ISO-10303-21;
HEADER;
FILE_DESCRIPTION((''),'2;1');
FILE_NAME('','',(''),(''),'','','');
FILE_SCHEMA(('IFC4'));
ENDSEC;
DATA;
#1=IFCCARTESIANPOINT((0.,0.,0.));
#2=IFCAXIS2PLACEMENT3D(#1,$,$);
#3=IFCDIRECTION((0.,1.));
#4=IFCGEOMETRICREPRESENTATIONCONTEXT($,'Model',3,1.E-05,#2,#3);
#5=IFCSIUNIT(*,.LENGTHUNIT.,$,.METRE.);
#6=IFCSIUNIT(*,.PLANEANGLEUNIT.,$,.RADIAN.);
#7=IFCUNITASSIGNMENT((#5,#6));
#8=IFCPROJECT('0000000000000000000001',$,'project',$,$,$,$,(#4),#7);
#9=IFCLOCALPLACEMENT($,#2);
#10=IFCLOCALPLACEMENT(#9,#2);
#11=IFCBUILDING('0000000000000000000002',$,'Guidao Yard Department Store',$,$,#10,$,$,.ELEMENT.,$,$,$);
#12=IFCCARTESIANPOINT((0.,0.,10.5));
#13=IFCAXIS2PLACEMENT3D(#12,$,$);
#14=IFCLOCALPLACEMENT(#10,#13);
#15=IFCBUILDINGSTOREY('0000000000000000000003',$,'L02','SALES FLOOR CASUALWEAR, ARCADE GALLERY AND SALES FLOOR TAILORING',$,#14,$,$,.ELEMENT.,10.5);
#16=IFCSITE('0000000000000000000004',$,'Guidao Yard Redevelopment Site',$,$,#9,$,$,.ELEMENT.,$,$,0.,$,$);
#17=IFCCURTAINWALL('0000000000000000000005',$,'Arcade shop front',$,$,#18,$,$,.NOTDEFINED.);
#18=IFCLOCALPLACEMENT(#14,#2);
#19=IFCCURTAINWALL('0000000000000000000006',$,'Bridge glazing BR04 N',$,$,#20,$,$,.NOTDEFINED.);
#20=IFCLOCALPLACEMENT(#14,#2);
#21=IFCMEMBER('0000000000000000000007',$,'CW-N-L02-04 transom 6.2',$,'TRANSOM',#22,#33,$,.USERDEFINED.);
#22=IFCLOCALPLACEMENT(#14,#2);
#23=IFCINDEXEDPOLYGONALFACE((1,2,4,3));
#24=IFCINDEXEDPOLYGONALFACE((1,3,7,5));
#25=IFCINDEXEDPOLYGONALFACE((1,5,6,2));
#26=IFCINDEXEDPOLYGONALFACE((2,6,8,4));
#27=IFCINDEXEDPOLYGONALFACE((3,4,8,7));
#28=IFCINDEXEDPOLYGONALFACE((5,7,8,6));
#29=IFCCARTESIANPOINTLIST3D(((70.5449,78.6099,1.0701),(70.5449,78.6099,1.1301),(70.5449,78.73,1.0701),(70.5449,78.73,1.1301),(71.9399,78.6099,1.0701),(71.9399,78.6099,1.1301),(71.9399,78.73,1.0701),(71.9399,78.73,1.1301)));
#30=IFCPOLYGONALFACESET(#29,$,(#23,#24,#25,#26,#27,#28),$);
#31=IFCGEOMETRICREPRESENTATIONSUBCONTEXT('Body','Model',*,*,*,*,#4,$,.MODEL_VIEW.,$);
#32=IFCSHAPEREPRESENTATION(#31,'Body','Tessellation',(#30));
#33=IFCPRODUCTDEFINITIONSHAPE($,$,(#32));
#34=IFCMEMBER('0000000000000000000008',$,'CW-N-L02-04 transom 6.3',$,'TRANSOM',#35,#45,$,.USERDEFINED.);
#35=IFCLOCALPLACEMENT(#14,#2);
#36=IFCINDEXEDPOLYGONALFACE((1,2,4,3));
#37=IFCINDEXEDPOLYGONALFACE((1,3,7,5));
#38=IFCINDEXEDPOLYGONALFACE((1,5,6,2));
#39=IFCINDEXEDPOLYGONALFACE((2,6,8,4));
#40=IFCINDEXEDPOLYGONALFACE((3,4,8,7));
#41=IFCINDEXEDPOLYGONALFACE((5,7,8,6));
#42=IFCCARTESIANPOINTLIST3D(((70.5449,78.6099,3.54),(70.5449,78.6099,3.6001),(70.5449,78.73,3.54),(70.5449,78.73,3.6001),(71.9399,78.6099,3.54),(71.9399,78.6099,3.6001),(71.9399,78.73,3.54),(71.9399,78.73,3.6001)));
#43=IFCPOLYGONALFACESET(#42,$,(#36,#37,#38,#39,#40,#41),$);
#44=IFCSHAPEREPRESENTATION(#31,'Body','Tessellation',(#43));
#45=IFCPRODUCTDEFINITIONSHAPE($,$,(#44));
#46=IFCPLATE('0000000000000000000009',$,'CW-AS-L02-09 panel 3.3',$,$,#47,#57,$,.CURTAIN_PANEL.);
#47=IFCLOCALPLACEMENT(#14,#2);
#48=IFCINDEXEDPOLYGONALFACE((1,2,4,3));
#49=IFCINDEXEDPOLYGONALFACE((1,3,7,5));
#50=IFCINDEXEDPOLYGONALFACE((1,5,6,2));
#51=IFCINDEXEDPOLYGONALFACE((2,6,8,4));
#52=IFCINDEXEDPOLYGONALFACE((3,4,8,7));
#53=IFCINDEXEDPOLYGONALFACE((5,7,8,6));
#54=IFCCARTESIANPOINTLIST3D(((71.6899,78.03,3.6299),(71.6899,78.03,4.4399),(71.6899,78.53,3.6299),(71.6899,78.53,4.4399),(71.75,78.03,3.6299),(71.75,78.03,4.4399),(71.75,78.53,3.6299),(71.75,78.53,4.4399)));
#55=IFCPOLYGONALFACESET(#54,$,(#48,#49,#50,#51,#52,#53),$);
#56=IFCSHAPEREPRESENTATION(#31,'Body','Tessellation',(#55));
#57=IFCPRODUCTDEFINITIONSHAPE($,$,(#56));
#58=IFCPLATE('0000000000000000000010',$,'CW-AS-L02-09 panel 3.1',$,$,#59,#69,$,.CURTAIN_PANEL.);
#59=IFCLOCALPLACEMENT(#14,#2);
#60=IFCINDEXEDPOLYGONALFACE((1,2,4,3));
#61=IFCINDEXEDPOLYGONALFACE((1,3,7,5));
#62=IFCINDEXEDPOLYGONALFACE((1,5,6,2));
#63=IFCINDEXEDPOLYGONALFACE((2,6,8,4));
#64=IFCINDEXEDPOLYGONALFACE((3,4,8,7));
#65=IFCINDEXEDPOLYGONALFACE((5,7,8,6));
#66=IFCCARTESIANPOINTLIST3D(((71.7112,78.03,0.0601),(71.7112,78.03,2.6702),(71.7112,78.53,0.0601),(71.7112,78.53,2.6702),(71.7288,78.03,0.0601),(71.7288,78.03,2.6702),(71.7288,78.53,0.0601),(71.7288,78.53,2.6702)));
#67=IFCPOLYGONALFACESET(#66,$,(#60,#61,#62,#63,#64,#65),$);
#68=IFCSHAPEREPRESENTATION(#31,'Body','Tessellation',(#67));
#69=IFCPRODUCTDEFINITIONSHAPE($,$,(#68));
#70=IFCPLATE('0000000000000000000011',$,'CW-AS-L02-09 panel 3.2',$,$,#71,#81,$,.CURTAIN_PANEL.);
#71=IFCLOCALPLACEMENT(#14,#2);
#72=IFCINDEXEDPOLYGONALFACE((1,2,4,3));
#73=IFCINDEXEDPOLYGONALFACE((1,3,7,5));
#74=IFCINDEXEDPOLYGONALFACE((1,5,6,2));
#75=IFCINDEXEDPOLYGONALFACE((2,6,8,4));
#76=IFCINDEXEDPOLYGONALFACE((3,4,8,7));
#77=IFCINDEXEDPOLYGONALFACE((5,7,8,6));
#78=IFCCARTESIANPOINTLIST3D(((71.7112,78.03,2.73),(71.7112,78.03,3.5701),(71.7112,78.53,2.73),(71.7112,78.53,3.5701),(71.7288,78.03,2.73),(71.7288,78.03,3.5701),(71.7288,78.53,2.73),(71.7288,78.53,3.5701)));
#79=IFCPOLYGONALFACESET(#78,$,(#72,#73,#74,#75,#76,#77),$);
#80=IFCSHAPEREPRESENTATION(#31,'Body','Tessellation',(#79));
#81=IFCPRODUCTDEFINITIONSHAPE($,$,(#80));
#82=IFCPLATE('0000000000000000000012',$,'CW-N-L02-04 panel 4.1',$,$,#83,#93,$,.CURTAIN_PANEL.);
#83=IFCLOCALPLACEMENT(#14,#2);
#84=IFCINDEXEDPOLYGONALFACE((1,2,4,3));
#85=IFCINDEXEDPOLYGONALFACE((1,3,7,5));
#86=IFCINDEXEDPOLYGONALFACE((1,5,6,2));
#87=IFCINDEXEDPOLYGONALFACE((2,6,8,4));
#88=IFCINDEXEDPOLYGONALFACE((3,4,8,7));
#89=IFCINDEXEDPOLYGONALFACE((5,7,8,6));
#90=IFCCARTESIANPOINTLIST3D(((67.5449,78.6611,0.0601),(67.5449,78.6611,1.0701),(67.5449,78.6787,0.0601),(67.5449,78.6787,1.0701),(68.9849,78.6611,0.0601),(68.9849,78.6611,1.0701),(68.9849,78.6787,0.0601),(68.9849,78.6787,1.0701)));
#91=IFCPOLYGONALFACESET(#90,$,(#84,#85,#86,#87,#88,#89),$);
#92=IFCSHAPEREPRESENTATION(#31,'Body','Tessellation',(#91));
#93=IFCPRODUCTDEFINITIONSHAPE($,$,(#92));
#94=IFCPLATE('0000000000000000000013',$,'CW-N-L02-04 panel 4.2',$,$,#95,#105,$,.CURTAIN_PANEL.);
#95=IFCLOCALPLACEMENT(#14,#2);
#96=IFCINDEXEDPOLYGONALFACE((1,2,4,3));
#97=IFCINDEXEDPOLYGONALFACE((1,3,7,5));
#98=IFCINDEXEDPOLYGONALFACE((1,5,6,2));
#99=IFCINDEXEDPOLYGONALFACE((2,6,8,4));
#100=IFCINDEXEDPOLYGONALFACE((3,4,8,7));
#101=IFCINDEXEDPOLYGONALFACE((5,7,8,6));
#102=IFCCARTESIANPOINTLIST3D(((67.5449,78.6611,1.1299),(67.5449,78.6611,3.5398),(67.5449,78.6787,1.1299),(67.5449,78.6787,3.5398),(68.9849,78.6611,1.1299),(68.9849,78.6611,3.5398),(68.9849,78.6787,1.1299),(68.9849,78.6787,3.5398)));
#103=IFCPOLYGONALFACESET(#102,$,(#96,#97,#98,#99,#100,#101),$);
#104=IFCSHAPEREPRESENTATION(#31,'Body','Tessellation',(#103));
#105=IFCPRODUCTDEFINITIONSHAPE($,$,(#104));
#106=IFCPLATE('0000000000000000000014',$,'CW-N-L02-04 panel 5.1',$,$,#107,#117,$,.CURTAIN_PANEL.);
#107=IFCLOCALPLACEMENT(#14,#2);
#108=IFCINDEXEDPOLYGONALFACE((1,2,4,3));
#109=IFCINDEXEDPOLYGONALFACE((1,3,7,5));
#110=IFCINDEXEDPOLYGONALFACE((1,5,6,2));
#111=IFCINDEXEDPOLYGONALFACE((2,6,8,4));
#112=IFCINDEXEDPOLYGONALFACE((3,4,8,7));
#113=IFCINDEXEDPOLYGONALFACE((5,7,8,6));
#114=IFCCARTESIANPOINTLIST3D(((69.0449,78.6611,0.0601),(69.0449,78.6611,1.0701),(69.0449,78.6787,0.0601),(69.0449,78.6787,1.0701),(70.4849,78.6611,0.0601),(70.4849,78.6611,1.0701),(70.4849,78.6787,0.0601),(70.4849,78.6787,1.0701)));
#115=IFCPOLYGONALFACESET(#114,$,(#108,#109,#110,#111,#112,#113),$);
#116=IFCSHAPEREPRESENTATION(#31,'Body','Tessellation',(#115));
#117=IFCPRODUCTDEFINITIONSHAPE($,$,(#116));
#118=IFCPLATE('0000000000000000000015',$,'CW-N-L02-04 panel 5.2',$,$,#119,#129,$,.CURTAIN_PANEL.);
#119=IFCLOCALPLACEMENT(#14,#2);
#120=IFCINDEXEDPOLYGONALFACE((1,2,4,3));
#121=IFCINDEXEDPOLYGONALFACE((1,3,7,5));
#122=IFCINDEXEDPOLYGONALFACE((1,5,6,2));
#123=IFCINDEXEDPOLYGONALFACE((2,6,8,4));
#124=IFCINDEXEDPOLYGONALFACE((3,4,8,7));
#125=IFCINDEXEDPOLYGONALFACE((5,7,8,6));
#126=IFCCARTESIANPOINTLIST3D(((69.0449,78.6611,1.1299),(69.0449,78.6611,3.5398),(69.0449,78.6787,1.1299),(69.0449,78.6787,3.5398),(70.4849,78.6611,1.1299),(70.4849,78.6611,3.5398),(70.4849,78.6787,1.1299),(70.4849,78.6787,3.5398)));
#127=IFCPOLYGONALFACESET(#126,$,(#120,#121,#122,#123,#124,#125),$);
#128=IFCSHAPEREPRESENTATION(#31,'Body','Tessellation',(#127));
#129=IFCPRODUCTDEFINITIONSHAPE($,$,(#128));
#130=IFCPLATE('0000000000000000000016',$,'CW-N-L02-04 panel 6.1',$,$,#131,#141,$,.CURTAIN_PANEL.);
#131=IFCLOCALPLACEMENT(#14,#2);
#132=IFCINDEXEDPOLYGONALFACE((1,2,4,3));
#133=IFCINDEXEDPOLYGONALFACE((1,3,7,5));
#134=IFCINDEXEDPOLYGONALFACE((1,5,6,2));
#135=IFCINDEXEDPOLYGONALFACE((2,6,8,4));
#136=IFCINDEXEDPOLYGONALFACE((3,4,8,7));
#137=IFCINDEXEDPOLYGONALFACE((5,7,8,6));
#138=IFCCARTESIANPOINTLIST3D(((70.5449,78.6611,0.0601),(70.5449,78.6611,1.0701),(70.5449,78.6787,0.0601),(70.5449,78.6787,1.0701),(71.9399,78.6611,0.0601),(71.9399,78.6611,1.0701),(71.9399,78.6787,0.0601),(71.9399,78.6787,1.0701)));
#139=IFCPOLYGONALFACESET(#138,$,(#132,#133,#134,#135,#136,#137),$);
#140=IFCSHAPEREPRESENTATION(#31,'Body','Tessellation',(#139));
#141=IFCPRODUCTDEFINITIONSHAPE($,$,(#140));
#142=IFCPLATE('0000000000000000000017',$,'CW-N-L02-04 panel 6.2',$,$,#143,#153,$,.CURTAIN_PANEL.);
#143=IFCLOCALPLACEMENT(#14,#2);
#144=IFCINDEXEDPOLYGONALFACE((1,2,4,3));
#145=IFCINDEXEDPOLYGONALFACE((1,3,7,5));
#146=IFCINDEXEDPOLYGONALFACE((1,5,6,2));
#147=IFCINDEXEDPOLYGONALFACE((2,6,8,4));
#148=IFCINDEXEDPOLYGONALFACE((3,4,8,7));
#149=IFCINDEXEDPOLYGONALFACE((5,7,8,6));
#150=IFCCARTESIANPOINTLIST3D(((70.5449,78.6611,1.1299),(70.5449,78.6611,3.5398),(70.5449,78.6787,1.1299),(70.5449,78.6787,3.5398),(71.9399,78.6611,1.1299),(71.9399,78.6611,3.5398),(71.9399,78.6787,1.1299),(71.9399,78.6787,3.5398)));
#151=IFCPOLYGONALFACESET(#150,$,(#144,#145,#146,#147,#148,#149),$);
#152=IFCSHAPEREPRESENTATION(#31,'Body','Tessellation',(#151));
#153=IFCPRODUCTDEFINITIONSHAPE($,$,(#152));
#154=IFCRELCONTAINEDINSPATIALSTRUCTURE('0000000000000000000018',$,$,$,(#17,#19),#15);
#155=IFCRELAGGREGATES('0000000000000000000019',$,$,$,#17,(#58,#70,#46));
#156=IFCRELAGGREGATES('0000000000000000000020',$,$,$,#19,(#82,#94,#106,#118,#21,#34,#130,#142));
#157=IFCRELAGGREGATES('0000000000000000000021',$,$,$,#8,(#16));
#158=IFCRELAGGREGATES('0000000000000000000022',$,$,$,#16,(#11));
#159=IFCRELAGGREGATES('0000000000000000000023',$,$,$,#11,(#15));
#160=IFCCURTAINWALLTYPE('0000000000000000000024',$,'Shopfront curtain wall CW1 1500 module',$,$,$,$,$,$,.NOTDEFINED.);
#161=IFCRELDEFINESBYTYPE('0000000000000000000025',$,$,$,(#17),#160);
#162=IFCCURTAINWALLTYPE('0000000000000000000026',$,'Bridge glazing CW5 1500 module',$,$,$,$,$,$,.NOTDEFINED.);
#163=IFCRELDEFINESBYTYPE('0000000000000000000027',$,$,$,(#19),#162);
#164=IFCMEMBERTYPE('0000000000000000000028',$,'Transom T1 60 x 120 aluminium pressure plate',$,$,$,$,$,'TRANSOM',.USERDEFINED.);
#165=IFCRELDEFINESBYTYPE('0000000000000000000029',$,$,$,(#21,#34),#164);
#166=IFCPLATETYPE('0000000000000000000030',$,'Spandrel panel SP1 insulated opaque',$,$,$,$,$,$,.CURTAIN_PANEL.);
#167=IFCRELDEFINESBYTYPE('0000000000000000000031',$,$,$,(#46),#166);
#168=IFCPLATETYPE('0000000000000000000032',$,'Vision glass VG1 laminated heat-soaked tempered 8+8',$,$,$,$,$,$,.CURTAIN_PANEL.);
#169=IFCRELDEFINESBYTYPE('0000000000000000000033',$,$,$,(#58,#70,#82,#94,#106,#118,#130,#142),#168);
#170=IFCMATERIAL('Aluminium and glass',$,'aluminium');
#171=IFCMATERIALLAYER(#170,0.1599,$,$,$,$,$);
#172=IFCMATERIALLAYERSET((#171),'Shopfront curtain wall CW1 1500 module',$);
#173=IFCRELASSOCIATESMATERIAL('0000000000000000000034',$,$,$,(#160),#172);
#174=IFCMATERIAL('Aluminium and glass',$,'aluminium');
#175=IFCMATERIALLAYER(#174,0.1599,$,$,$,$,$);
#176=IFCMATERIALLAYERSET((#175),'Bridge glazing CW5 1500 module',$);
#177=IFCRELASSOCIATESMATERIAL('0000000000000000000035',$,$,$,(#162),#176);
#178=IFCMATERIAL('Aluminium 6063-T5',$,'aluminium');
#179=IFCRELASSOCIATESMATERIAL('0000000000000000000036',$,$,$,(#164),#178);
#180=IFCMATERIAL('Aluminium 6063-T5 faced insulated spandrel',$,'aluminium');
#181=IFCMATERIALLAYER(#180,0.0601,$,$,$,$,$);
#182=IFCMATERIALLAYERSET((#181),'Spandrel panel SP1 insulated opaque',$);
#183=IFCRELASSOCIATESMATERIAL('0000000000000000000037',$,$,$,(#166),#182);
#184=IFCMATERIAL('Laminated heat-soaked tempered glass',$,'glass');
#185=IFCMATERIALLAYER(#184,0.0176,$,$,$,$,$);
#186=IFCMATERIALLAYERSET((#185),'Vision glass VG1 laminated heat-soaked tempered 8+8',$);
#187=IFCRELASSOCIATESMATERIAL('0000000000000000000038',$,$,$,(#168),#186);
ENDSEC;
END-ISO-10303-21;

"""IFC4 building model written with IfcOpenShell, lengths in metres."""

from ifc_helpers import new_model, si_unit, direction, frame, origin, origin_2d, place, context, subcontext, project, spatial, rectangle, extrude, material, layer, layer_set, material_profile, profile_set, type_object, element, aggregate, save


model = new_model("IFC4")

# Units and contexts
model_context = context("Model", 3, precision=1e-05, world=origin(), true_north=direction((0.0, 1.0)))
body_context = subcontext(model_context, "Body", "Model", "MODEL_VIEW")
ifc_project = project(units=[si_unit("LENGTHUNIT", "METRE"), si_unit("PLANEANGLEUNIT", "RADIAN")], contexts=[model_context])

# Site, building, storey
site_placement = place(None, origin())
site = spatial("IfcSite", under=ifc_project, at=site_placement, Name="Guidao Yard Redevelopment Site", CompositionType="ELEMENT", RefElevation=0.0)
building_placement = place(site_placement, origin())
building = spatial("IfcBuilding", under=site, at=building_placement, Name="Guidao Yard Department Store", CompositionType="ELEMENT")
storey_placement = place(building_placement, frame((0.0, 0.0, 10.5)))
storey = spatial("IfcBuildingStorey", under=building, at=storey_placement, Name="L02", Description="SALES FLOOR CASUALWEAR, ARCADE GALLERY AND SALES FLOOR TAILORING", CompositionType="ELEMENT", Elevation=10.5)

# Curtain wall
ifc_material_1 = material(Name="Aluminium and glass", Category="aluminium")
ifc_layer_1 = layer(ifc_material_1, 0.1599)
ifc_layer_set_1 = layer_set([ifc_layer_1], Name="Shopfront curtain wall CW1 1500 module")
curtain_wall_type_1 = type_object("IfcCurtainWallType", Name="Shopfront curtain wall CW1 1500 module", PredefinedType="NOTDEFINED", material=ifc_layer_set_1)
curtain_wall_1_placement = place(storey_placement, origin())
curtain_wall_1 = element("IfcCurtainWall", 1, at=curtain_wall_1_placement, inside=storey, type_object=curtain_wall_type_1, Name="Arcade shop front", PredefinedType="NOTDEFINED")

# Curtain wall
ifc_material_2 = material(Name="Aluminium and glass", Category="aluminium")
ifc_layer_2 = layer(ifc_material_2, 0.1599)
ifc_layer_set_2 = layer_set([ifc_layer_2], Name="Bridge glazing CW5 1500 module")
curtain_wall_type_2 = type_object("IfcCurtainWallType", Name="Bridge glazing CW5 1500 module", PredefinedType="NOTDEFINED", material=ifc_layer_set_2)
curtain_wall_2_placement = place(storey_placement, origin())
curtain_wall_2 = element("IfcCurtainWall", 2, at=curtain_wall_2_placement, inside=storey, type_object=curtain_wall_type_2, Name="Bridge glazing BR04 N", PredefinedType="NOTDEFINED")

# Members
ifc_material_3 = material(Name="Aluminium 6063-T5", Category="aluminium")
ifc_material_profile_1 = material_profile(ifc_material_3, rectangle(XDim=0.1201, YDim=0.0601, at=origin_2d()), Name="Transom T1 60 x 120 aluminium pressure plate")
ifc_profile_set_1 = profile_set([ifc_material_profile_1], Name="Aluminium 6063-T5")
member_type_1 = type_object("IfcMemberType", Name="Transom T1 60 x 120 aluminium pressure plate", ElementType="TRANSOM", PredefinedType="USERDEFINED", material=ifc_profile_set_1)
member_1_placement = place(storey_placement, frame((70.5449, 78.6699, 1.1001), z_axis=(1.0, 0.0, 0.0), x_axis=(0.0, 1.0, 0.0)))
member_1 = element("IfcMember", 3, at=member_1_placement, type_object=member_type_1, Name="CW-N-L02-04 transom 6.2", ObjectType="TRANSOM", PredefinedType="USERDEFINED", context=body_context, shape_type="SweptSolid", body=[
    extrude(rectangle(XDim=0.1201, YDim=0.0601, at=origin_2d()), origin(), (0.0, 0.0, 1.0), 1.395),
])
member_2_placement = place(storey_placement, frame((70.5449, 78.6699, 3.5701), z_axis=(1.0, 0.0, 0.0), x_axis=(0.0, 1.0, 0.0)))
member_2 = element("IfcMember", 4, at=member_2_placement, type_object=member_type_1, Name="CW-N-L02-04 transom 6.3", ObjectType="TRANSOM", PredefinedType="USERDEFINED", context=body_context, shape_type="SweptSolid", body=[
    extrude(rectangle(XDim=0.1201, YDim=0.0601, at=origin_2d()), origin(), (0.0, 0.0, 1.0), 1.395),
])

# Plates
ifc_material_4 = material(Name="Aluminium 6063-T5 faced insulated spandrel", Category="aluminium")
ifc_layer_3 = layer(ifc_material_4, 0.0601)
ifc_layer_set_3 = layer_set([ifc_layer_3], Name="Spandrel panel SP1 insulated opaque")
plate_type_1 = type_object("IfcPlateType", Name="Spandrel panel SP1 insulated opaque", PredefinedType="CURTAIN_PANEL", material=ifc_layer_set_3)
plate_1_placement = place(storey_placement, frame((71.72, 78.28, 3.6299), z_axis=(0.0, 0.0, 1.0), x_axis=(0.0, 1.0, 0.0)))
plate_1 = element("IfcPlate", 5, at=plate_1_placement, type_object=plate_type_1, Name="CW-AS-L02-09 panel 3.3", PredefinedType="CURTAIN_PANEL", context=body_context, shape_type="SweptSolid", body=[
    extrude(rectangle(XDim=0.5, YDim=0.0601, at=origin_2d()), origin(), (0.0, 0.0, 1.0), 0.8101),
])
ifc_material_5 = material(Name="Laminated heat-soaked tempered glass", Category="glass")
ifc_layer_4 = layer(ifc_material_5, 0.0176)
ifc_layer_set_4 = layer_set([ifc_layer_4], Name="Vision glass VG1 laminated heat-soaked tempered 8+8")
plate_type_2 = type_object("IfcPlateType", Name="Vision glass VG1 laminated heat-soaked tempered 8+8", PredefinedType="CURTAIN_PANEL", material=ifc_layer_set_4)
plate_2_placement = place(storey_placement, frame((71.72, 78.28, 0.0601), z_axis=(0.0, 0.0, 1.0), x_axis=(0.0, 1.0, 0.0)))
plate_2 = element("IfcPlate", 6, at=plate_2_placement, type_object=plate_type_2, Name="CW-AS-L02-09 panel 3.1", PredefinedType="CURTAIN_PANEL", context=body_context, shape_type="SweptSolid", body=[
    extrude(rectangle(XDim=0.5, YDim=0.0176, at=origin_2d()), origin(), (0.0, 0.0, 1.0), 2.6101),
])
plate_3_placement = place(storey_placement, frame((71.72, 78.28, 2.73), z_axis=(0.0, 0.0, 1.0), x_axis=(0.0, 1.0, 0.0)))
plate_3 = element("IfcPlate", 7, at=plate_3_placement, type_object=plate_type_2, Name="CW-AS-L02-09 panel 3.2", PredefinedType="CURTAIN_PANEL", context=body_context, shape_type="SweptSolid", body=[
    extrude(rectangle(XDim=0.5, YDim=0.0176, at=origin_2d()), origin(), (0.0, 0.0, 1.0), 0.8401),
])
aggregate(curtain_wall_1, [plate_2, plate_3, plate_1])
plate_4_placement = place(storey_placement, frame((68.2649, 78.6699, 0.0601), z_axis=(0.0, 0.0, 1.0), x_axis=(1.0, 0.0, 0.0)))
plate_4 = element("IfcPlate", 8, at=plate_4_placement, type_object=plate_type_2, Name="CW-N-L02-04 panel 4.1", PredefinedType="CURTAIN_PANEL", context=body_context, shape_type="SweptSolid", body=[
    extrude(rectangle(XDim=1.4399, YDim=0.0176, at=origin_2d()), origin(), (0.0, 0.0, 1.0), 1.01),
])
plate_5_placement = place(storey_placement, frame((68.2649, 78.6699, 1.1299), z_axis=(0.0, 0.0, 1.0), x_axis=(1.0, 0.0, 0.0)))
plate_5 = element("IfcPlate", 9, at=plate_5_placement, type_object=plate_type_2, Name="CW-N-L02-04 panel 4.2", PredefinedType="CURTAIN_PANEL", context=body_context, shape_type="SweptSolid", body=[
    extrude(rectangle(XDim=1.4399, YDim=0.0176, at=origin_2d()), origin(), (0.0, 0.0, 1.0), 2.4099),
])
plate_6_placement = place(storey_placement, frame((69.7649, 78.6699, 0.0601), z_axis=(0.0, 0.0, 1.0), x_axis=(1.0, 0.0, 0.0)))
plate_6 = element("IfcPlate", 10, at=plate_6_placement, type_object=plate_type_2, Name="CW-N-L02-04 panel 5.1", PredefinedType="CURTAIN_PANEL", context=body_context, shape_type="SweptSolid", body=[
    extrude(rectangle(XDim=1.4399, YDim=0.0176, at=origin_2d()), origin(), (0.0, 0.0, 1.0), 1.01),
])
plate_7_placement = place(storey_placement, frame((69.7649, 78.6699, 1.1299), z_axis=(0.0, 0.0, 1.0), x_axis=(1.0, 0.0, 0.0)))
plate_7 = element("IfcPlate", 11, at=plate_7_placement, type_object=plate_type_2, Name="CW-N-L02-04 panel 5.2", PredefinedType="CURTAIN_PANEL", context=body_context, shape_type="SweptSolid", body=[
    extrude(rectangle(XDim=1.4399, YDim=0.0176, at=origin_2d()), origin(), (0.0, 0.0, 1.0), 2.4099),
])
plate_8_placement = place(storey_placement, frame((71.2424, 78.6699, 0.0601), z_axis=(0.0, 0.0, 1.0), x_axis=(1.0, 0.0, 0.0)))
plate_8 = element("IfcPlate", 12, at=plate_8_placement, type_object=plate_type_2, Name="CW-N-L02-04 panel 6.1", PredefinedType="CURTAIN_PANEL", context=body_context, shape_type="SweptSolid", body=[
    extrude(rectangle(XDim=1.395, YDim=0.0176, at=origin_2d()), origin(), (0.0, 0.0, 1.0), 1.01),
])
plate_9_placement = place(storey_placement, frame((71.2424, 78.6699, 1.1299), z_axis=(0.0, 0.0, 1.0), x_axis=(1.0, 0.0, 0.0)))
plate_9 = element("IfcPlate", 13, at=plate_9_placement, type_object=plate_type_2, Name="CW-N-L02-04 panel 6.2", PredefinedType="CURTAIN_PANEL", context=body_context, shape_type="SweptSolid", body=[
    extrude(rectangle(XDim=1.395, YDim=0.0176, at=origin_2d()), origin(), (0.0, 0.0, 1.0), 2.4099),
])
aggregate(curtain_wall_2, [plate_4, plate_5, plate_6, plate_7, member_1, member_2, plate_8, plate_9])

save(model, "model.ifc")
